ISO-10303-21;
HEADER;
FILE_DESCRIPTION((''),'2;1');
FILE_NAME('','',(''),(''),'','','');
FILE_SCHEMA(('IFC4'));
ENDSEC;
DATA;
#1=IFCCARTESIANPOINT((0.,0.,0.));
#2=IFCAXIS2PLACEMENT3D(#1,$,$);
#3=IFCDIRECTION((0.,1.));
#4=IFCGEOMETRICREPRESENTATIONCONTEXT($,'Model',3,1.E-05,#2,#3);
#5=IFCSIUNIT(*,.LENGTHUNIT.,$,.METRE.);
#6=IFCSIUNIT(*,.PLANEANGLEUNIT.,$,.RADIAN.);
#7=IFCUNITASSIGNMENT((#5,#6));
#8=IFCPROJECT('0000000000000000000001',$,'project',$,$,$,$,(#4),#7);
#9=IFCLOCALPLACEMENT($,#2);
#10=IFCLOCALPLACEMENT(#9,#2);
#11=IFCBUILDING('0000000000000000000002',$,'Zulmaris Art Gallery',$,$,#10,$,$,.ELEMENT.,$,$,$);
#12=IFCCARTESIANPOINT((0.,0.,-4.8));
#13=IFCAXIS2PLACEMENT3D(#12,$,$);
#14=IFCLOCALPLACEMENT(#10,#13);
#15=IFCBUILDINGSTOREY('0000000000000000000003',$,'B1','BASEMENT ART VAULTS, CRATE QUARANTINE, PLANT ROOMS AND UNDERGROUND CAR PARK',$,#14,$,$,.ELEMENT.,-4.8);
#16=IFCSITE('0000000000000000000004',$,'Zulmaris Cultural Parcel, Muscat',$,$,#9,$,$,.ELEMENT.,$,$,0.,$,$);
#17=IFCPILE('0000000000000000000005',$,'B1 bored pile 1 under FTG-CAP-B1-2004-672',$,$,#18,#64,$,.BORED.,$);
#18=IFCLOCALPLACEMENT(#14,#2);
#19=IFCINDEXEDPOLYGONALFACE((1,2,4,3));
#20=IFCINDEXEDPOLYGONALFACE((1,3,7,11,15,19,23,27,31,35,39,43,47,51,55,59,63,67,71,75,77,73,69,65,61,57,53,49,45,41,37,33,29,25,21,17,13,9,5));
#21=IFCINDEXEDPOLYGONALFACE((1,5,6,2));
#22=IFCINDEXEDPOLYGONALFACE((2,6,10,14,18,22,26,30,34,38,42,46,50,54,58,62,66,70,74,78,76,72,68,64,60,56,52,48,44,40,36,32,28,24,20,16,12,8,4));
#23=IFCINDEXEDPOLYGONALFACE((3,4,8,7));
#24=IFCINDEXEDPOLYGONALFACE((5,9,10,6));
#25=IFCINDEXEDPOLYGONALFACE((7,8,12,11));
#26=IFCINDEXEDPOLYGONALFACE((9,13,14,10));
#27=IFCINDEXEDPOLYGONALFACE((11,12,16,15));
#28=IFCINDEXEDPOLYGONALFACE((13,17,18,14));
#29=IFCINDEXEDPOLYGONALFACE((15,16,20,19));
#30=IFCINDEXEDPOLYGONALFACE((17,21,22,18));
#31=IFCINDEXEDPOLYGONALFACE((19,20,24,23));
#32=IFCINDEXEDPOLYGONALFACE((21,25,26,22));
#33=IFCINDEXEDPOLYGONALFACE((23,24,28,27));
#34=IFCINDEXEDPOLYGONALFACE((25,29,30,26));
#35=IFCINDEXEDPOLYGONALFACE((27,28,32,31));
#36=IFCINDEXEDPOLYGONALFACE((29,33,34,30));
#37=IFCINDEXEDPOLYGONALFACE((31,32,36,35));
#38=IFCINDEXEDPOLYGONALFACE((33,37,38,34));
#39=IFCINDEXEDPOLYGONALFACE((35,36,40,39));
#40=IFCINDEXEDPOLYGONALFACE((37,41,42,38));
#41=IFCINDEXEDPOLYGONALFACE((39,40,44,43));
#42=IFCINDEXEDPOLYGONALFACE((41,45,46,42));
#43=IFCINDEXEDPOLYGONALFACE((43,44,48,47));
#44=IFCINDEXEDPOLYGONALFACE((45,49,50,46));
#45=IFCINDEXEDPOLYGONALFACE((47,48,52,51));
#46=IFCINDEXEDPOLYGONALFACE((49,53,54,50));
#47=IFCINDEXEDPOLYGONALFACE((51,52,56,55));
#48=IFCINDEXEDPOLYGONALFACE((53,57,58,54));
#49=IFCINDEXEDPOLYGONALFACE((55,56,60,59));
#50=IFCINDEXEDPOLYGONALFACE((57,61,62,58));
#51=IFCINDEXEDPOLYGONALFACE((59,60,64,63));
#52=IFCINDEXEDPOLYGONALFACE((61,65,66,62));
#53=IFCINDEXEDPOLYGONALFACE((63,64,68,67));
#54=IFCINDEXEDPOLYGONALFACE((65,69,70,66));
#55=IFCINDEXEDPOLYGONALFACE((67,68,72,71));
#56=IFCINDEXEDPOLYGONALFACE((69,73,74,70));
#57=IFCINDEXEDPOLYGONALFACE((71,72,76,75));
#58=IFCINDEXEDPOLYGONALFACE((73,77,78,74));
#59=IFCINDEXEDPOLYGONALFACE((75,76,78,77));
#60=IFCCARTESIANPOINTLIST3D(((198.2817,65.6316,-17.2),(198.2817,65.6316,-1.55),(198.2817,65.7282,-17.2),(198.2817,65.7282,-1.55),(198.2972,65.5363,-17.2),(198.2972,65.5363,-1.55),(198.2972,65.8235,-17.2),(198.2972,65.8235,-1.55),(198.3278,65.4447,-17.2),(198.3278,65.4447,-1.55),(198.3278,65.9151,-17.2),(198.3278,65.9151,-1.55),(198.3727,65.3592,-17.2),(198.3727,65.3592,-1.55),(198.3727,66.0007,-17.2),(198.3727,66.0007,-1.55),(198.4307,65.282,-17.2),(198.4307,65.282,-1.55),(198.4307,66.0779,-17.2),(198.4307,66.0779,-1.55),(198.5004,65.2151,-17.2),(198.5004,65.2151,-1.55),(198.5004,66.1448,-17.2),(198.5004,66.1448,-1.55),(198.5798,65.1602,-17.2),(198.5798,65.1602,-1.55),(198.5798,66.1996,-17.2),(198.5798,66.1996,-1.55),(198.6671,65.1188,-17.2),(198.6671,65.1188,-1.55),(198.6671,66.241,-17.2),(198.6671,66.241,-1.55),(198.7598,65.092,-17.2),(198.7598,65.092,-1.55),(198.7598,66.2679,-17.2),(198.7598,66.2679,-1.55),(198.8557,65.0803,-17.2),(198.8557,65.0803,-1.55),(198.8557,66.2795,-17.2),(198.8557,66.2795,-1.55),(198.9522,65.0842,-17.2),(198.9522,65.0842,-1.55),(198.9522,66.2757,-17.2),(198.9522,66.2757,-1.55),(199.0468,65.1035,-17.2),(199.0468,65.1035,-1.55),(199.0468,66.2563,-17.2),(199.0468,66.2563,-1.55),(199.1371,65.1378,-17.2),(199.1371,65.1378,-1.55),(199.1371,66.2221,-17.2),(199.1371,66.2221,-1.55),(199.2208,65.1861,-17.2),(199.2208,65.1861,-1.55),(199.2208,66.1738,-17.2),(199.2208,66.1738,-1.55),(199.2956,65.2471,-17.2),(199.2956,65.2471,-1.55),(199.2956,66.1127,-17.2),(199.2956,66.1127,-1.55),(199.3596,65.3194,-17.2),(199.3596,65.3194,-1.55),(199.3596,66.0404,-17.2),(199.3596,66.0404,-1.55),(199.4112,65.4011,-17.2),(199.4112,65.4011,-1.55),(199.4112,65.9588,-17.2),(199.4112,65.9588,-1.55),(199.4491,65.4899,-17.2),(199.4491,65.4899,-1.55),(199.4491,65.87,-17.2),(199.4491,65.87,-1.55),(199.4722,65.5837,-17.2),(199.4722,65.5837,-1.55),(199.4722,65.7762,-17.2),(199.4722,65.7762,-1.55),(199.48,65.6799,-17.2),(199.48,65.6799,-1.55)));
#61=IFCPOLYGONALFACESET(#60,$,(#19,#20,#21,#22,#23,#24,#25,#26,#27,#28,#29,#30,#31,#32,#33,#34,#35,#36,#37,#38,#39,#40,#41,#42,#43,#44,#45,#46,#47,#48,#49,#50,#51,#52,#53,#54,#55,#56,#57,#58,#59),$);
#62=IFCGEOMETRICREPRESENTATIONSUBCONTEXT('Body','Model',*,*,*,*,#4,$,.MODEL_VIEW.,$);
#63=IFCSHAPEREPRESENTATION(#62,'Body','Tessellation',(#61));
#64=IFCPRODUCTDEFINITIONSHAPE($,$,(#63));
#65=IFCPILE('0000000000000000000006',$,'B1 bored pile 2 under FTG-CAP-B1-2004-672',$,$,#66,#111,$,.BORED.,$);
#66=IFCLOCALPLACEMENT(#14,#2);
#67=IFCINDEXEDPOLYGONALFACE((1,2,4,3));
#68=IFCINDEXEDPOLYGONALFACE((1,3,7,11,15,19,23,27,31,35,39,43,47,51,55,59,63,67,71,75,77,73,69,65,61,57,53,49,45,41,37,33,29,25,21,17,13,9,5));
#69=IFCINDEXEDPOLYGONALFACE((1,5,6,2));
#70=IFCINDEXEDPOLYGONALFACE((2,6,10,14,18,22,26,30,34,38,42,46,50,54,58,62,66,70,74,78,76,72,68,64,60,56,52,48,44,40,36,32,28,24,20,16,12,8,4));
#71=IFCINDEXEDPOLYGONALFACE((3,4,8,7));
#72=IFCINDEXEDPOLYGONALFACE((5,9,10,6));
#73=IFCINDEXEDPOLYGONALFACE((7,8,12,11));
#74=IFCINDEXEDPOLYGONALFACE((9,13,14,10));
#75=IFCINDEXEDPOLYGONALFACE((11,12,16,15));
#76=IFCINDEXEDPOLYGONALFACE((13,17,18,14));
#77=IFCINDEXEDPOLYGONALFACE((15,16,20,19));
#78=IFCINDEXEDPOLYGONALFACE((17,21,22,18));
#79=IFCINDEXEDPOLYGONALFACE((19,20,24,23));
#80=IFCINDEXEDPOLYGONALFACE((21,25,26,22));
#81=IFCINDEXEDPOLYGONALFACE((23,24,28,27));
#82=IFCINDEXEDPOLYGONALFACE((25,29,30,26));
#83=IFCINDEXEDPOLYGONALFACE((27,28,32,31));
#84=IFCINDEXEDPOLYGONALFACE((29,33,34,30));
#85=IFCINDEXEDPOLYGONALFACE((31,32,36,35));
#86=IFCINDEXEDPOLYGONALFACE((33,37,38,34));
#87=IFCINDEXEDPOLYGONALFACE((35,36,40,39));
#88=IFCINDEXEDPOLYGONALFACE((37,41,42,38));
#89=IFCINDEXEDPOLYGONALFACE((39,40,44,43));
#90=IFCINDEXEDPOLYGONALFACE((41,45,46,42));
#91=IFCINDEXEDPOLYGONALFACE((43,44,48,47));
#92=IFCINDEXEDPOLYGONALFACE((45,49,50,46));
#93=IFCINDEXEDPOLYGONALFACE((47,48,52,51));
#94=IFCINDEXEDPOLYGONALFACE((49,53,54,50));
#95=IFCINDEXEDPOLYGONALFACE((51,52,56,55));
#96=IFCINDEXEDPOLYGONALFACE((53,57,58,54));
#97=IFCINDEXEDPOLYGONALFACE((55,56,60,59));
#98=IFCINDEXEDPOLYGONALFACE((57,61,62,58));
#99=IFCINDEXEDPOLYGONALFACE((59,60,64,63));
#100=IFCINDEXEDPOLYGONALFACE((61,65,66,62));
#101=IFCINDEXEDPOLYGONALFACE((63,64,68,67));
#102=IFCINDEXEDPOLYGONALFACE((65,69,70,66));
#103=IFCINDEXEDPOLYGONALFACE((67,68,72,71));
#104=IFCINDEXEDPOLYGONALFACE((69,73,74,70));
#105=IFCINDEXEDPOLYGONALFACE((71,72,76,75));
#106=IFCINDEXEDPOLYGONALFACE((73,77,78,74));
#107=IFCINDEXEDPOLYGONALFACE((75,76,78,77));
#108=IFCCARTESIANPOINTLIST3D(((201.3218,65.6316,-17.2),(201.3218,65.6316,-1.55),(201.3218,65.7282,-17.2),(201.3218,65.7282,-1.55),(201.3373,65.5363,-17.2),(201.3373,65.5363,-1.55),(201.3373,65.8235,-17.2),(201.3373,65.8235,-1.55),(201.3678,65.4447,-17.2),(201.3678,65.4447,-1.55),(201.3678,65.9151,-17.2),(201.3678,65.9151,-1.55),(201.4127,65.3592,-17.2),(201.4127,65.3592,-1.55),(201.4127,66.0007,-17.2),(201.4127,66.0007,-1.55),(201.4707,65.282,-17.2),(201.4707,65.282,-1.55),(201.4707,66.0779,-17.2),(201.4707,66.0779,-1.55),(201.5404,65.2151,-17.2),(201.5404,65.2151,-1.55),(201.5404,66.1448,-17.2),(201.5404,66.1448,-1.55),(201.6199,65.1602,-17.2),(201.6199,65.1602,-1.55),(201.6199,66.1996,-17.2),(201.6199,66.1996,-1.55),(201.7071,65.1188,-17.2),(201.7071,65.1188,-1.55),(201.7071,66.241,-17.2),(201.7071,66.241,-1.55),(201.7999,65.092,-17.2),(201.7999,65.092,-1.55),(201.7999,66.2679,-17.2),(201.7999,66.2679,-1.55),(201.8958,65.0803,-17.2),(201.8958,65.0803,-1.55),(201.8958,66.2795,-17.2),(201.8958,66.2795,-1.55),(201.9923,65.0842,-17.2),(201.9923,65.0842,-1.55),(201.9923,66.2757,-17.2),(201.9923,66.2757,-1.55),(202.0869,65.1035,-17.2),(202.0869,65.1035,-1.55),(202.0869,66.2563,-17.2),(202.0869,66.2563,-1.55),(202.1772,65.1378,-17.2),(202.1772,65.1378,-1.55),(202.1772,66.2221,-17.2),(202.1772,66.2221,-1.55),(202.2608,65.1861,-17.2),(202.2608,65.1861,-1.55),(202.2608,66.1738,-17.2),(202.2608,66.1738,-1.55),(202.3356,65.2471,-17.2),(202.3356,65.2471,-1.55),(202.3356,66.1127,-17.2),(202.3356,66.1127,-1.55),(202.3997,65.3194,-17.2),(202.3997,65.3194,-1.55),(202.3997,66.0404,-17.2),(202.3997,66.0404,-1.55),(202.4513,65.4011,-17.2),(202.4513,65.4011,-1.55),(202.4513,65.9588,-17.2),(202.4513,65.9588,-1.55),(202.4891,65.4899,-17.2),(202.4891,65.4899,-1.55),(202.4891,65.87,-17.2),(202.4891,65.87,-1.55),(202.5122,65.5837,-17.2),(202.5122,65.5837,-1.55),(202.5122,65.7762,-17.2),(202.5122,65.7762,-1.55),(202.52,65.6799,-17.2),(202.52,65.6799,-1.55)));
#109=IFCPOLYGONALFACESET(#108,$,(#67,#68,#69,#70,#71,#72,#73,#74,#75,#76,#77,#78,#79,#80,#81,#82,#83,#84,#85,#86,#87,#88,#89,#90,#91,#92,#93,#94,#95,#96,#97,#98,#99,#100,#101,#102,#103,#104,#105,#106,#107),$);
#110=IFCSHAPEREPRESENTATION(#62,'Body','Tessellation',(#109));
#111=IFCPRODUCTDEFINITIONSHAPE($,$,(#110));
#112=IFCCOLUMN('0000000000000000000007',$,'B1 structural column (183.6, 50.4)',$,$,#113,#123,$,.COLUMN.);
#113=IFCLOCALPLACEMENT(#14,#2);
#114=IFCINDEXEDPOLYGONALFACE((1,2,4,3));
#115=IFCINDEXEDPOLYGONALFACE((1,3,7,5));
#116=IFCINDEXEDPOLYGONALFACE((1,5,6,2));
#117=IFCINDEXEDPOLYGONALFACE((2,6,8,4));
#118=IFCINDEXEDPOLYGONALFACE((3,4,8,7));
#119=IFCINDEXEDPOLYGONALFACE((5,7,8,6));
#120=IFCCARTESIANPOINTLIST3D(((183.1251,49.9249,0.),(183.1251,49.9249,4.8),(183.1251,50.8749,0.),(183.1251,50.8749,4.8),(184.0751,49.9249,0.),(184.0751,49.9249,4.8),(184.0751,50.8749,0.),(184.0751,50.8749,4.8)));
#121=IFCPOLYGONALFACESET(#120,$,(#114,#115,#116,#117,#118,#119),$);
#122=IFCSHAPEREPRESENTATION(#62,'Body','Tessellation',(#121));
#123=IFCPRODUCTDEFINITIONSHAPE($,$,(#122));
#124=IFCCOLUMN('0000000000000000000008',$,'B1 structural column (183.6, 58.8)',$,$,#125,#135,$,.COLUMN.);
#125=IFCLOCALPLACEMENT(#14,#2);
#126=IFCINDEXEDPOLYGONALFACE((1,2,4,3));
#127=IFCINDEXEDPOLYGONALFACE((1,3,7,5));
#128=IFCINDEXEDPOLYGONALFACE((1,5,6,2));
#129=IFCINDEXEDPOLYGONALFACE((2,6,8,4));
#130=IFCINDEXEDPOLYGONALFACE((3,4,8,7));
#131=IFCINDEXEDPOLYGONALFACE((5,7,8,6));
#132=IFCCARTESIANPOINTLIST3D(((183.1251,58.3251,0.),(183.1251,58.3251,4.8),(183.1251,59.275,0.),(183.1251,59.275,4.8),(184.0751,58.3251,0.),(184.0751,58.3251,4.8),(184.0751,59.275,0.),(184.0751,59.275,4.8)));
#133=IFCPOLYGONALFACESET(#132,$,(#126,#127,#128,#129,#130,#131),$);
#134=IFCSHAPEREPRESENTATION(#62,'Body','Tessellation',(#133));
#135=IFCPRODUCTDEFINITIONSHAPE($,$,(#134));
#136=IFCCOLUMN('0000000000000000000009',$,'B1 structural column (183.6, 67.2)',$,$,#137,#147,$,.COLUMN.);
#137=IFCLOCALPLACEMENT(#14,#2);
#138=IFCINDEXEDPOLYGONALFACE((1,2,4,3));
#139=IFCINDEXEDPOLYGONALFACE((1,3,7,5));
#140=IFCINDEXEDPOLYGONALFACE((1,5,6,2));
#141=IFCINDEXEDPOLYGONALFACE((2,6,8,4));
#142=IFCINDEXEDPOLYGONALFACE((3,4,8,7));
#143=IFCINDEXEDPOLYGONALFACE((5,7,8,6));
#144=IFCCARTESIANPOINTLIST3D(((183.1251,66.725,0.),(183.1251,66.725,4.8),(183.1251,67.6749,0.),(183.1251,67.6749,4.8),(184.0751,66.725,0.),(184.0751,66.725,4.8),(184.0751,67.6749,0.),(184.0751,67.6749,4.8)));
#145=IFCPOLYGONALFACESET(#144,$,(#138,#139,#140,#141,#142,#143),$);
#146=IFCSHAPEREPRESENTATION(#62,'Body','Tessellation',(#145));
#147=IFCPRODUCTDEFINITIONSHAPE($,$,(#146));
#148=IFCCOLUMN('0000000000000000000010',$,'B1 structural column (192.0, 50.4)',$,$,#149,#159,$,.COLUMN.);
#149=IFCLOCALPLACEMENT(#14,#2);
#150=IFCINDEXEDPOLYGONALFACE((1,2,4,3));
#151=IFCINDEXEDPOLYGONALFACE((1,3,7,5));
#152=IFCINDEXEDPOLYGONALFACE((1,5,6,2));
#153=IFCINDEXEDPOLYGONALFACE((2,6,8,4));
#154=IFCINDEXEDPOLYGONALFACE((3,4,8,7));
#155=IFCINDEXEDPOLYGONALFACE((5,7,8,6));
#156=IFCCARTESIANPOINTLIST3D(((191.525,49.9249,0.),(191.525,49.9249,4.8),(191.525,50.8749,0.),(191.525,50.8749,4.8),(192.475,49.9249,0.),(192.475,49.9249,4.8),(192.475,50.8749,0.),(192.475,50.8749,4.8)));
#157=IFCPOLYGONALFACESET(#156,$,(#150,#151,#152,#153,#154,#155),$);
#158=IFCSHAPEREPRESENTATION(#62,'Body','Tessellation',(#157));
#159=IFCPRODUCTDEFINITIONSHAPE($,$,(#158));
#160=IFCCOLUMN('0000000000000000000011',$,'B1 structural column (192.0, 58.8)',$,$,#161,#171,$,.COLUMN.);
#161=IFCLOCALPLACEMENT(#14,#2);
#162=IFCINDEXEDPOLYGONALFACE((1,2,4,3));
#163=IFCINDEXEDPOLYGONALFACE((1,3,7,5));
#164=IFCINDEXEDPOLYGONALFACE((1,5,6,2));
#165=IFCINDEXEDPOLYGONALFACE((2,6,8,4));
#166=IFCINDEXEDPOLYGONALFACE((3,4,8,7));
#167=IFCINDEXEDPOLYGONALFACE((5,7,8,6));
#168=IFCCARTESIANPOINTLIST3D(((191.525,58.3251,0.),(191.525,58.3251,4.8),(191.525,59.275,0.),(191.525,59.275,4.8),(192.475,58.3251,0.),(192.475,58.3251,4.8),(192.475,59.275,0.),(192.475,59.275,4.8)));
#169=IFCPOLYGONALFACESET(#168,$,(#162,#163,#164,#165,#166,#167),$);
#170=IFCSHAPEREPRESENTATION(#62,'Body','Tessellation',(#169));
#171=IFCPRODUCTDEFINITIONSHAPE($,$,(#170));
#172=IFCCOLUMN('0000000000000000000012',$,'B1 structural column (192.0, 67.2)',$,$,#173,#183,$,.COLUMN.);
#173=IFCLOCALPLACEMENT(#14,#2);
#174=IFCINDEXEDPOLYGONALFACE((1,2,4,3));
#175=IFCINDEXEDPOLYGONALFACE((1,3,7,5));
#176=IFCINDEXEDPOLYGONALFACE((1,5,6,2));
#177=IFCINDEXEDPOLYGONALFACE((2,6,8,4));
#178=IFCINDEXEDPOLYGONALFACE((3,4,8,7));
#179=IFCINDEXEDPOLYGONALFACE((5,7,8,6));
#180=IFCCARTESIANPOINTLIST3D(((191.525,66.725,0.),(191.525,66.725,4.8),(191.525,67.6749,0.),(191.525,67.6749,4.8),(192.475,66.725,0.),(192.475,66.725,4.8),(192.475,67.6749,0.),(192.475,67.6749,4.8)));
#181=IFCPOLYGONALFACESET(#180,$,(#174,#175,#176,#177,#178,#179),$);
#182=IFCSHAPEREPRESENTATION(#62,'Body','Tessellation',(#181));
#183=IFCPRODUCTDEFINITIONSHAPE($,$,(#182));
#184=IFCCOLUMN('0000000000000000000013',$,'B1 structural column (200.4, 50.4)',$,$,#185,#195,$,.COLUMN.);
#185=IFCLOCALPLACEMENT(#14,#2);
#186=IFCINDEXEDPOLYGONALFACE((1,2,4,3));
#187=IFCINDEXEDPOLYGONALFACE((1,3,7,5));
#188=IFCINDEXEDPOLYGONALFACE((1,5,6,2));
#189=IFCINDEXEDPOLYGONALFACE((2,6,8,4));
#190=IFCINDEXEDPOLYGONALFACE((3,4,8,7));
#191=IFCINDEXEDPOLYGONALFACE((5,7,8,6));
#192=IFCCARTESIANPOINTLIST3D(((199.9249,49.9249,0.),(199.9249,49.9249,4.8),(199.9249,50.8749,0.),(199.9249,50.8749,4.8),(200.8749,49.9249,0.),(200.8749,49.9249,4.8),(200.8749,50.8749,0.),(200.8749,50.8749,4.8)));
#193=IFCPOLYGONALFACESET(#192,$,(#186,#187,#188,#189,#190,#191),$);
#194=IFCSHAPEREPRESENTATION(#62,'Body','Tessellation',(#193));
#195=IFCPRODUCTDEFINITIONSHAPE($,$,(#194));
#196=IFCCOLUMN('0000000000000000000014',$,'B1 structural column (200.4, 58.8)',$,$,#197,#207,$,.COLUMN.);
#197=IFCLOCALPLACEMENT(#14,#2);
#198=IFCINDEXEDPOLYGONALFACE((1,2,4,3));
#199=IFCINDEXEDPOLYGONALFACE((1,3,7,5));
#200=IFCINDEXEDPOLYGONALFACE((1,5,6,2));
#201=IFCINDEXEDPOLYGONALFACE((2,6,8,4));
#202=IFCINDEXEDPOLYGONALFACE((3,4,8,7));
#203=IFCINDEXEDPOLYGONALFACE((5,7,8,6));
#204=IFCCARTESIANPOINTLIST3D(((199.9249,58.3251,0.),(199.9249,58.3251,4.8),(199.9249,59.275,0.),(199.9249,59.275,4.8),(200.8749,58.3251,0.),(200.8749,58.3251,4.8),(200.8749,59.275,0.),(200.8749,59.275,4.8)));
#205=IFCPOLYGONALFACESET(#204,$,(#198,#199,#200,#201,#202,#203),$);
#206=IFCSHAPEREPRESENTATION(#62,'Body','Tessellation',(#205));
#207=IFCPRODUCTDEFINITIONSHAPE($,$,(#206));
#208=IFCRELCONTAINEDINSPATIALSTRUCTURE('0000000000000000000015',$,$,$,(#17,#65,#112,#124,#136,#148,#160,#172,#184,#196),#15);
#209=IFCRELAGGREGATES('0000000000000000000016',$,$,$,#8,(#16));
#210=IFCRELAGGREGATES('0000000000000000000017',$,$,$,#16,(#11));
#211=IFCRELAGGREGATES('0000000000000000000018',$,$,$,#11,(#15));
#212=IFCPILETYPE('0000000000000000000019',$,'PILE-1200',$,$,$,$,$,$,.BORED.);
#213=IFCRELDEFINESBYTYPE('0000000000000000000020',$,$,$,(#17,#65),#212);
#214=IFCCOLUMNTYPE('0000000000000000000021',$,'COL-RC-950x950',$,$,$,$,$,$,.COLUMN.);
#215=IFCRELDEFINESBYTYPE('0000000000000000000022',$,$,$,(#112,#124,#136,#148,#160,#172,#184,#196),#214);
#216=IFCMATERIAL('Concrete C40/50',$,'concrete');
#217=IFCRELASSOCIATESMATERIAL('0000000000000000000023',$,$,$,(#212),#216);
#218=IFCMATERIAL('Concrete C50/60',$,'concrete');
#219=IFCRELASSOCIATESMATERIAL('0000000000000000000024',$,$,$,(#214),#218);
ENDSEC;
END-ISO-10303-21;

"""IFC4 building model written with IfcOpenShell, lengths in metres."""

from ifc_helpers import new_model, si_unit, direction, frame, origin, origin_2d, place, context, subcontext, project, spatial, rectangle, circle, extrude, material, material_profile, profile_set, type_object, element, save


model = new_model("IFC4")

# Units and contexts
model_context = context("Model", 3, precision=1e-05, world=origin(), true_north=direction((0.0, 1.0)))
body_context = subcontext(model_context, "Body", "Model", "MODEL_VIEW")
ifc_project = project(units=[si_unit("LENGTHUNIT", "METRE"), si_unit("PLANEANGLEUNIT", "RADIAN")], contexts=[model_context])

# Site, building, storey
site_placement = place(None, origin())
site = spatial("IfcSite", under=ifc_project, at=site_placement, Name="Zulmaris Cultural Parcel, Muscat", CompositionType="ELEMENT", RefElevation=0.0)
building_placement = place(site_placement, origin())
building = spatial("IfcBuilding", under=site, at=building_placement, Name="Zulmaris Art Gallery", CompositionType="ELEMENT")
storey_placement = place(building_placement, frame((0.0, 0.0, -4.8)))
storey = spatial("IfcBuildingStorey", under=building, at=storey_placement, Name="B1", Description="BASEMENT ART VAULTS, CRATE QUARANTINE, PLANT ROOMS AND UNDERGROUND CAR PARK", CompositionType="ELEMENT", Elevation=-4.8)

# Piles
ifc_material_1 = material(Name="Concrete C40/50", Category="concrete")
ifc_material_profile_1 = material_profile(ifc_material_1, circle(Radius=0.6001, at=origin_2d()), Name="PILE DIA 1200")
ifc_profile_set_1 = profile_set([ifc_material_profile_1], Name="Concrete C40/50")
pile_type = type_object("IfcPileType", Name="PILE-1200", PredefinedType="BORED", material=ifc_profile_set_1)
for number, where, z_axis, x_axis, name in (
    (1, (198.8799, 65.6799, -1.55), (0.0, 0.0, -1.0), (1.0, 0.0, 0.0), "B1 bored pile 1 under FTG-CAP-B1-2004-672"),
    (2, (201.9199, 65.6799, -1.55), (0.0, 0.0, -1.0), (1.0, 0.0, 0.0), "B1 bored pile 2 under FTG-CAP-B1-2004-672"),
):
    element("IfcPile", number, at=place(storey_placement, frame(where, z_axis=z_axis, x_axis=x_axis)), inside=storey, type_object=pile_type, Name=name, PredefinedType="BORED", context=body_context, shape_type="SweptSolid", body=[
        extrude(circle(Radius=0.6001, at=origin_2d()), origin(), (0.0, 0.0, 1.0), 15.6499),
    ])

# Columns
ifc_material_2 = material(Name="Concrete C50/60", Category="concrete")
ifc_material_profile_2 = material_profile(ifc_material_2, rectangle(XDim=0.95, YDim=0.95, at=origin_2d()), Name="RC 950x950")
ifc_profile_set_2 = profile_set([ifc_material_profile_2], Name="Concrete C50/60")
column_type = type_object("IfcColumnType", Name="COL-RC-950x950", PredefinedType="COLUMN", material=ifc_profile_set_2)
for number, where, z_axis, x_axis, name in (
    (3, (183.6001, 50.3999, 0.0), (0.0, 0.0, 1.0), (1.0, 0.0, 0.0), "B1 structural column (183.6, 50.4)"),
    (4, (183.6001, 58.8, 0.0), (0.0, 0.0, 1.0), (1.0, 0.0, 0.0), "B1 structural column (183.6, 58.8)"),
    (5, (183.6001, 67.2, 0.0), (0.0, 0.0, 1.0), (1.0, 0.0, 0.0), "B1 structural column (183.6, 67.2)"),
    (6, (192.0, 50.3999, 0.0), (0.0, 0.0, 1.0), (1.0, 0.0, 0.0), "B1 structural column (192.0, 50.4)"),
    (7, (192.0, 58.8, 0.0), (0.0, 0.0, 1.0), (1.0, 0.0, 0.0), "B1 structural column (192.0, 58.8)"),
    (8, (192.0, 67.2, 0.0), (0.0, 0.0, 1.0), (1.0, 0.0, 0.0), "B1 structural column (192.0, 67.2)"),
    (9, (200.3999, 50.3999, 0.0), (0.0, 0.0, 1.0), (1.0, 0.0, 0.0), "B1 structural column (200.4, 50.4)"),
    (10, (200.3999, 58.8, 0.0), (0.0, 0.0, 1.0), (1.0, 0.0, 0.0), "B1 structural column (200.4, 58.8)"),
):
    element("IfcColumn", number, at=place(storey_placement, frame(where, z_axis=z_axis, x_axis=x_axis)), inside=storey, type_object=column_type, Name=name, PredefinedType="COLUMN", context=body_context, shape_type="SweptSolid", body=[
        extrude(rectangle(XDim=0.95, YDim=0.95, at=origin_2d()), origin(), (0.0, 0.0, 1.0), 4.8),
    ])

save(model, "model.ifc")
